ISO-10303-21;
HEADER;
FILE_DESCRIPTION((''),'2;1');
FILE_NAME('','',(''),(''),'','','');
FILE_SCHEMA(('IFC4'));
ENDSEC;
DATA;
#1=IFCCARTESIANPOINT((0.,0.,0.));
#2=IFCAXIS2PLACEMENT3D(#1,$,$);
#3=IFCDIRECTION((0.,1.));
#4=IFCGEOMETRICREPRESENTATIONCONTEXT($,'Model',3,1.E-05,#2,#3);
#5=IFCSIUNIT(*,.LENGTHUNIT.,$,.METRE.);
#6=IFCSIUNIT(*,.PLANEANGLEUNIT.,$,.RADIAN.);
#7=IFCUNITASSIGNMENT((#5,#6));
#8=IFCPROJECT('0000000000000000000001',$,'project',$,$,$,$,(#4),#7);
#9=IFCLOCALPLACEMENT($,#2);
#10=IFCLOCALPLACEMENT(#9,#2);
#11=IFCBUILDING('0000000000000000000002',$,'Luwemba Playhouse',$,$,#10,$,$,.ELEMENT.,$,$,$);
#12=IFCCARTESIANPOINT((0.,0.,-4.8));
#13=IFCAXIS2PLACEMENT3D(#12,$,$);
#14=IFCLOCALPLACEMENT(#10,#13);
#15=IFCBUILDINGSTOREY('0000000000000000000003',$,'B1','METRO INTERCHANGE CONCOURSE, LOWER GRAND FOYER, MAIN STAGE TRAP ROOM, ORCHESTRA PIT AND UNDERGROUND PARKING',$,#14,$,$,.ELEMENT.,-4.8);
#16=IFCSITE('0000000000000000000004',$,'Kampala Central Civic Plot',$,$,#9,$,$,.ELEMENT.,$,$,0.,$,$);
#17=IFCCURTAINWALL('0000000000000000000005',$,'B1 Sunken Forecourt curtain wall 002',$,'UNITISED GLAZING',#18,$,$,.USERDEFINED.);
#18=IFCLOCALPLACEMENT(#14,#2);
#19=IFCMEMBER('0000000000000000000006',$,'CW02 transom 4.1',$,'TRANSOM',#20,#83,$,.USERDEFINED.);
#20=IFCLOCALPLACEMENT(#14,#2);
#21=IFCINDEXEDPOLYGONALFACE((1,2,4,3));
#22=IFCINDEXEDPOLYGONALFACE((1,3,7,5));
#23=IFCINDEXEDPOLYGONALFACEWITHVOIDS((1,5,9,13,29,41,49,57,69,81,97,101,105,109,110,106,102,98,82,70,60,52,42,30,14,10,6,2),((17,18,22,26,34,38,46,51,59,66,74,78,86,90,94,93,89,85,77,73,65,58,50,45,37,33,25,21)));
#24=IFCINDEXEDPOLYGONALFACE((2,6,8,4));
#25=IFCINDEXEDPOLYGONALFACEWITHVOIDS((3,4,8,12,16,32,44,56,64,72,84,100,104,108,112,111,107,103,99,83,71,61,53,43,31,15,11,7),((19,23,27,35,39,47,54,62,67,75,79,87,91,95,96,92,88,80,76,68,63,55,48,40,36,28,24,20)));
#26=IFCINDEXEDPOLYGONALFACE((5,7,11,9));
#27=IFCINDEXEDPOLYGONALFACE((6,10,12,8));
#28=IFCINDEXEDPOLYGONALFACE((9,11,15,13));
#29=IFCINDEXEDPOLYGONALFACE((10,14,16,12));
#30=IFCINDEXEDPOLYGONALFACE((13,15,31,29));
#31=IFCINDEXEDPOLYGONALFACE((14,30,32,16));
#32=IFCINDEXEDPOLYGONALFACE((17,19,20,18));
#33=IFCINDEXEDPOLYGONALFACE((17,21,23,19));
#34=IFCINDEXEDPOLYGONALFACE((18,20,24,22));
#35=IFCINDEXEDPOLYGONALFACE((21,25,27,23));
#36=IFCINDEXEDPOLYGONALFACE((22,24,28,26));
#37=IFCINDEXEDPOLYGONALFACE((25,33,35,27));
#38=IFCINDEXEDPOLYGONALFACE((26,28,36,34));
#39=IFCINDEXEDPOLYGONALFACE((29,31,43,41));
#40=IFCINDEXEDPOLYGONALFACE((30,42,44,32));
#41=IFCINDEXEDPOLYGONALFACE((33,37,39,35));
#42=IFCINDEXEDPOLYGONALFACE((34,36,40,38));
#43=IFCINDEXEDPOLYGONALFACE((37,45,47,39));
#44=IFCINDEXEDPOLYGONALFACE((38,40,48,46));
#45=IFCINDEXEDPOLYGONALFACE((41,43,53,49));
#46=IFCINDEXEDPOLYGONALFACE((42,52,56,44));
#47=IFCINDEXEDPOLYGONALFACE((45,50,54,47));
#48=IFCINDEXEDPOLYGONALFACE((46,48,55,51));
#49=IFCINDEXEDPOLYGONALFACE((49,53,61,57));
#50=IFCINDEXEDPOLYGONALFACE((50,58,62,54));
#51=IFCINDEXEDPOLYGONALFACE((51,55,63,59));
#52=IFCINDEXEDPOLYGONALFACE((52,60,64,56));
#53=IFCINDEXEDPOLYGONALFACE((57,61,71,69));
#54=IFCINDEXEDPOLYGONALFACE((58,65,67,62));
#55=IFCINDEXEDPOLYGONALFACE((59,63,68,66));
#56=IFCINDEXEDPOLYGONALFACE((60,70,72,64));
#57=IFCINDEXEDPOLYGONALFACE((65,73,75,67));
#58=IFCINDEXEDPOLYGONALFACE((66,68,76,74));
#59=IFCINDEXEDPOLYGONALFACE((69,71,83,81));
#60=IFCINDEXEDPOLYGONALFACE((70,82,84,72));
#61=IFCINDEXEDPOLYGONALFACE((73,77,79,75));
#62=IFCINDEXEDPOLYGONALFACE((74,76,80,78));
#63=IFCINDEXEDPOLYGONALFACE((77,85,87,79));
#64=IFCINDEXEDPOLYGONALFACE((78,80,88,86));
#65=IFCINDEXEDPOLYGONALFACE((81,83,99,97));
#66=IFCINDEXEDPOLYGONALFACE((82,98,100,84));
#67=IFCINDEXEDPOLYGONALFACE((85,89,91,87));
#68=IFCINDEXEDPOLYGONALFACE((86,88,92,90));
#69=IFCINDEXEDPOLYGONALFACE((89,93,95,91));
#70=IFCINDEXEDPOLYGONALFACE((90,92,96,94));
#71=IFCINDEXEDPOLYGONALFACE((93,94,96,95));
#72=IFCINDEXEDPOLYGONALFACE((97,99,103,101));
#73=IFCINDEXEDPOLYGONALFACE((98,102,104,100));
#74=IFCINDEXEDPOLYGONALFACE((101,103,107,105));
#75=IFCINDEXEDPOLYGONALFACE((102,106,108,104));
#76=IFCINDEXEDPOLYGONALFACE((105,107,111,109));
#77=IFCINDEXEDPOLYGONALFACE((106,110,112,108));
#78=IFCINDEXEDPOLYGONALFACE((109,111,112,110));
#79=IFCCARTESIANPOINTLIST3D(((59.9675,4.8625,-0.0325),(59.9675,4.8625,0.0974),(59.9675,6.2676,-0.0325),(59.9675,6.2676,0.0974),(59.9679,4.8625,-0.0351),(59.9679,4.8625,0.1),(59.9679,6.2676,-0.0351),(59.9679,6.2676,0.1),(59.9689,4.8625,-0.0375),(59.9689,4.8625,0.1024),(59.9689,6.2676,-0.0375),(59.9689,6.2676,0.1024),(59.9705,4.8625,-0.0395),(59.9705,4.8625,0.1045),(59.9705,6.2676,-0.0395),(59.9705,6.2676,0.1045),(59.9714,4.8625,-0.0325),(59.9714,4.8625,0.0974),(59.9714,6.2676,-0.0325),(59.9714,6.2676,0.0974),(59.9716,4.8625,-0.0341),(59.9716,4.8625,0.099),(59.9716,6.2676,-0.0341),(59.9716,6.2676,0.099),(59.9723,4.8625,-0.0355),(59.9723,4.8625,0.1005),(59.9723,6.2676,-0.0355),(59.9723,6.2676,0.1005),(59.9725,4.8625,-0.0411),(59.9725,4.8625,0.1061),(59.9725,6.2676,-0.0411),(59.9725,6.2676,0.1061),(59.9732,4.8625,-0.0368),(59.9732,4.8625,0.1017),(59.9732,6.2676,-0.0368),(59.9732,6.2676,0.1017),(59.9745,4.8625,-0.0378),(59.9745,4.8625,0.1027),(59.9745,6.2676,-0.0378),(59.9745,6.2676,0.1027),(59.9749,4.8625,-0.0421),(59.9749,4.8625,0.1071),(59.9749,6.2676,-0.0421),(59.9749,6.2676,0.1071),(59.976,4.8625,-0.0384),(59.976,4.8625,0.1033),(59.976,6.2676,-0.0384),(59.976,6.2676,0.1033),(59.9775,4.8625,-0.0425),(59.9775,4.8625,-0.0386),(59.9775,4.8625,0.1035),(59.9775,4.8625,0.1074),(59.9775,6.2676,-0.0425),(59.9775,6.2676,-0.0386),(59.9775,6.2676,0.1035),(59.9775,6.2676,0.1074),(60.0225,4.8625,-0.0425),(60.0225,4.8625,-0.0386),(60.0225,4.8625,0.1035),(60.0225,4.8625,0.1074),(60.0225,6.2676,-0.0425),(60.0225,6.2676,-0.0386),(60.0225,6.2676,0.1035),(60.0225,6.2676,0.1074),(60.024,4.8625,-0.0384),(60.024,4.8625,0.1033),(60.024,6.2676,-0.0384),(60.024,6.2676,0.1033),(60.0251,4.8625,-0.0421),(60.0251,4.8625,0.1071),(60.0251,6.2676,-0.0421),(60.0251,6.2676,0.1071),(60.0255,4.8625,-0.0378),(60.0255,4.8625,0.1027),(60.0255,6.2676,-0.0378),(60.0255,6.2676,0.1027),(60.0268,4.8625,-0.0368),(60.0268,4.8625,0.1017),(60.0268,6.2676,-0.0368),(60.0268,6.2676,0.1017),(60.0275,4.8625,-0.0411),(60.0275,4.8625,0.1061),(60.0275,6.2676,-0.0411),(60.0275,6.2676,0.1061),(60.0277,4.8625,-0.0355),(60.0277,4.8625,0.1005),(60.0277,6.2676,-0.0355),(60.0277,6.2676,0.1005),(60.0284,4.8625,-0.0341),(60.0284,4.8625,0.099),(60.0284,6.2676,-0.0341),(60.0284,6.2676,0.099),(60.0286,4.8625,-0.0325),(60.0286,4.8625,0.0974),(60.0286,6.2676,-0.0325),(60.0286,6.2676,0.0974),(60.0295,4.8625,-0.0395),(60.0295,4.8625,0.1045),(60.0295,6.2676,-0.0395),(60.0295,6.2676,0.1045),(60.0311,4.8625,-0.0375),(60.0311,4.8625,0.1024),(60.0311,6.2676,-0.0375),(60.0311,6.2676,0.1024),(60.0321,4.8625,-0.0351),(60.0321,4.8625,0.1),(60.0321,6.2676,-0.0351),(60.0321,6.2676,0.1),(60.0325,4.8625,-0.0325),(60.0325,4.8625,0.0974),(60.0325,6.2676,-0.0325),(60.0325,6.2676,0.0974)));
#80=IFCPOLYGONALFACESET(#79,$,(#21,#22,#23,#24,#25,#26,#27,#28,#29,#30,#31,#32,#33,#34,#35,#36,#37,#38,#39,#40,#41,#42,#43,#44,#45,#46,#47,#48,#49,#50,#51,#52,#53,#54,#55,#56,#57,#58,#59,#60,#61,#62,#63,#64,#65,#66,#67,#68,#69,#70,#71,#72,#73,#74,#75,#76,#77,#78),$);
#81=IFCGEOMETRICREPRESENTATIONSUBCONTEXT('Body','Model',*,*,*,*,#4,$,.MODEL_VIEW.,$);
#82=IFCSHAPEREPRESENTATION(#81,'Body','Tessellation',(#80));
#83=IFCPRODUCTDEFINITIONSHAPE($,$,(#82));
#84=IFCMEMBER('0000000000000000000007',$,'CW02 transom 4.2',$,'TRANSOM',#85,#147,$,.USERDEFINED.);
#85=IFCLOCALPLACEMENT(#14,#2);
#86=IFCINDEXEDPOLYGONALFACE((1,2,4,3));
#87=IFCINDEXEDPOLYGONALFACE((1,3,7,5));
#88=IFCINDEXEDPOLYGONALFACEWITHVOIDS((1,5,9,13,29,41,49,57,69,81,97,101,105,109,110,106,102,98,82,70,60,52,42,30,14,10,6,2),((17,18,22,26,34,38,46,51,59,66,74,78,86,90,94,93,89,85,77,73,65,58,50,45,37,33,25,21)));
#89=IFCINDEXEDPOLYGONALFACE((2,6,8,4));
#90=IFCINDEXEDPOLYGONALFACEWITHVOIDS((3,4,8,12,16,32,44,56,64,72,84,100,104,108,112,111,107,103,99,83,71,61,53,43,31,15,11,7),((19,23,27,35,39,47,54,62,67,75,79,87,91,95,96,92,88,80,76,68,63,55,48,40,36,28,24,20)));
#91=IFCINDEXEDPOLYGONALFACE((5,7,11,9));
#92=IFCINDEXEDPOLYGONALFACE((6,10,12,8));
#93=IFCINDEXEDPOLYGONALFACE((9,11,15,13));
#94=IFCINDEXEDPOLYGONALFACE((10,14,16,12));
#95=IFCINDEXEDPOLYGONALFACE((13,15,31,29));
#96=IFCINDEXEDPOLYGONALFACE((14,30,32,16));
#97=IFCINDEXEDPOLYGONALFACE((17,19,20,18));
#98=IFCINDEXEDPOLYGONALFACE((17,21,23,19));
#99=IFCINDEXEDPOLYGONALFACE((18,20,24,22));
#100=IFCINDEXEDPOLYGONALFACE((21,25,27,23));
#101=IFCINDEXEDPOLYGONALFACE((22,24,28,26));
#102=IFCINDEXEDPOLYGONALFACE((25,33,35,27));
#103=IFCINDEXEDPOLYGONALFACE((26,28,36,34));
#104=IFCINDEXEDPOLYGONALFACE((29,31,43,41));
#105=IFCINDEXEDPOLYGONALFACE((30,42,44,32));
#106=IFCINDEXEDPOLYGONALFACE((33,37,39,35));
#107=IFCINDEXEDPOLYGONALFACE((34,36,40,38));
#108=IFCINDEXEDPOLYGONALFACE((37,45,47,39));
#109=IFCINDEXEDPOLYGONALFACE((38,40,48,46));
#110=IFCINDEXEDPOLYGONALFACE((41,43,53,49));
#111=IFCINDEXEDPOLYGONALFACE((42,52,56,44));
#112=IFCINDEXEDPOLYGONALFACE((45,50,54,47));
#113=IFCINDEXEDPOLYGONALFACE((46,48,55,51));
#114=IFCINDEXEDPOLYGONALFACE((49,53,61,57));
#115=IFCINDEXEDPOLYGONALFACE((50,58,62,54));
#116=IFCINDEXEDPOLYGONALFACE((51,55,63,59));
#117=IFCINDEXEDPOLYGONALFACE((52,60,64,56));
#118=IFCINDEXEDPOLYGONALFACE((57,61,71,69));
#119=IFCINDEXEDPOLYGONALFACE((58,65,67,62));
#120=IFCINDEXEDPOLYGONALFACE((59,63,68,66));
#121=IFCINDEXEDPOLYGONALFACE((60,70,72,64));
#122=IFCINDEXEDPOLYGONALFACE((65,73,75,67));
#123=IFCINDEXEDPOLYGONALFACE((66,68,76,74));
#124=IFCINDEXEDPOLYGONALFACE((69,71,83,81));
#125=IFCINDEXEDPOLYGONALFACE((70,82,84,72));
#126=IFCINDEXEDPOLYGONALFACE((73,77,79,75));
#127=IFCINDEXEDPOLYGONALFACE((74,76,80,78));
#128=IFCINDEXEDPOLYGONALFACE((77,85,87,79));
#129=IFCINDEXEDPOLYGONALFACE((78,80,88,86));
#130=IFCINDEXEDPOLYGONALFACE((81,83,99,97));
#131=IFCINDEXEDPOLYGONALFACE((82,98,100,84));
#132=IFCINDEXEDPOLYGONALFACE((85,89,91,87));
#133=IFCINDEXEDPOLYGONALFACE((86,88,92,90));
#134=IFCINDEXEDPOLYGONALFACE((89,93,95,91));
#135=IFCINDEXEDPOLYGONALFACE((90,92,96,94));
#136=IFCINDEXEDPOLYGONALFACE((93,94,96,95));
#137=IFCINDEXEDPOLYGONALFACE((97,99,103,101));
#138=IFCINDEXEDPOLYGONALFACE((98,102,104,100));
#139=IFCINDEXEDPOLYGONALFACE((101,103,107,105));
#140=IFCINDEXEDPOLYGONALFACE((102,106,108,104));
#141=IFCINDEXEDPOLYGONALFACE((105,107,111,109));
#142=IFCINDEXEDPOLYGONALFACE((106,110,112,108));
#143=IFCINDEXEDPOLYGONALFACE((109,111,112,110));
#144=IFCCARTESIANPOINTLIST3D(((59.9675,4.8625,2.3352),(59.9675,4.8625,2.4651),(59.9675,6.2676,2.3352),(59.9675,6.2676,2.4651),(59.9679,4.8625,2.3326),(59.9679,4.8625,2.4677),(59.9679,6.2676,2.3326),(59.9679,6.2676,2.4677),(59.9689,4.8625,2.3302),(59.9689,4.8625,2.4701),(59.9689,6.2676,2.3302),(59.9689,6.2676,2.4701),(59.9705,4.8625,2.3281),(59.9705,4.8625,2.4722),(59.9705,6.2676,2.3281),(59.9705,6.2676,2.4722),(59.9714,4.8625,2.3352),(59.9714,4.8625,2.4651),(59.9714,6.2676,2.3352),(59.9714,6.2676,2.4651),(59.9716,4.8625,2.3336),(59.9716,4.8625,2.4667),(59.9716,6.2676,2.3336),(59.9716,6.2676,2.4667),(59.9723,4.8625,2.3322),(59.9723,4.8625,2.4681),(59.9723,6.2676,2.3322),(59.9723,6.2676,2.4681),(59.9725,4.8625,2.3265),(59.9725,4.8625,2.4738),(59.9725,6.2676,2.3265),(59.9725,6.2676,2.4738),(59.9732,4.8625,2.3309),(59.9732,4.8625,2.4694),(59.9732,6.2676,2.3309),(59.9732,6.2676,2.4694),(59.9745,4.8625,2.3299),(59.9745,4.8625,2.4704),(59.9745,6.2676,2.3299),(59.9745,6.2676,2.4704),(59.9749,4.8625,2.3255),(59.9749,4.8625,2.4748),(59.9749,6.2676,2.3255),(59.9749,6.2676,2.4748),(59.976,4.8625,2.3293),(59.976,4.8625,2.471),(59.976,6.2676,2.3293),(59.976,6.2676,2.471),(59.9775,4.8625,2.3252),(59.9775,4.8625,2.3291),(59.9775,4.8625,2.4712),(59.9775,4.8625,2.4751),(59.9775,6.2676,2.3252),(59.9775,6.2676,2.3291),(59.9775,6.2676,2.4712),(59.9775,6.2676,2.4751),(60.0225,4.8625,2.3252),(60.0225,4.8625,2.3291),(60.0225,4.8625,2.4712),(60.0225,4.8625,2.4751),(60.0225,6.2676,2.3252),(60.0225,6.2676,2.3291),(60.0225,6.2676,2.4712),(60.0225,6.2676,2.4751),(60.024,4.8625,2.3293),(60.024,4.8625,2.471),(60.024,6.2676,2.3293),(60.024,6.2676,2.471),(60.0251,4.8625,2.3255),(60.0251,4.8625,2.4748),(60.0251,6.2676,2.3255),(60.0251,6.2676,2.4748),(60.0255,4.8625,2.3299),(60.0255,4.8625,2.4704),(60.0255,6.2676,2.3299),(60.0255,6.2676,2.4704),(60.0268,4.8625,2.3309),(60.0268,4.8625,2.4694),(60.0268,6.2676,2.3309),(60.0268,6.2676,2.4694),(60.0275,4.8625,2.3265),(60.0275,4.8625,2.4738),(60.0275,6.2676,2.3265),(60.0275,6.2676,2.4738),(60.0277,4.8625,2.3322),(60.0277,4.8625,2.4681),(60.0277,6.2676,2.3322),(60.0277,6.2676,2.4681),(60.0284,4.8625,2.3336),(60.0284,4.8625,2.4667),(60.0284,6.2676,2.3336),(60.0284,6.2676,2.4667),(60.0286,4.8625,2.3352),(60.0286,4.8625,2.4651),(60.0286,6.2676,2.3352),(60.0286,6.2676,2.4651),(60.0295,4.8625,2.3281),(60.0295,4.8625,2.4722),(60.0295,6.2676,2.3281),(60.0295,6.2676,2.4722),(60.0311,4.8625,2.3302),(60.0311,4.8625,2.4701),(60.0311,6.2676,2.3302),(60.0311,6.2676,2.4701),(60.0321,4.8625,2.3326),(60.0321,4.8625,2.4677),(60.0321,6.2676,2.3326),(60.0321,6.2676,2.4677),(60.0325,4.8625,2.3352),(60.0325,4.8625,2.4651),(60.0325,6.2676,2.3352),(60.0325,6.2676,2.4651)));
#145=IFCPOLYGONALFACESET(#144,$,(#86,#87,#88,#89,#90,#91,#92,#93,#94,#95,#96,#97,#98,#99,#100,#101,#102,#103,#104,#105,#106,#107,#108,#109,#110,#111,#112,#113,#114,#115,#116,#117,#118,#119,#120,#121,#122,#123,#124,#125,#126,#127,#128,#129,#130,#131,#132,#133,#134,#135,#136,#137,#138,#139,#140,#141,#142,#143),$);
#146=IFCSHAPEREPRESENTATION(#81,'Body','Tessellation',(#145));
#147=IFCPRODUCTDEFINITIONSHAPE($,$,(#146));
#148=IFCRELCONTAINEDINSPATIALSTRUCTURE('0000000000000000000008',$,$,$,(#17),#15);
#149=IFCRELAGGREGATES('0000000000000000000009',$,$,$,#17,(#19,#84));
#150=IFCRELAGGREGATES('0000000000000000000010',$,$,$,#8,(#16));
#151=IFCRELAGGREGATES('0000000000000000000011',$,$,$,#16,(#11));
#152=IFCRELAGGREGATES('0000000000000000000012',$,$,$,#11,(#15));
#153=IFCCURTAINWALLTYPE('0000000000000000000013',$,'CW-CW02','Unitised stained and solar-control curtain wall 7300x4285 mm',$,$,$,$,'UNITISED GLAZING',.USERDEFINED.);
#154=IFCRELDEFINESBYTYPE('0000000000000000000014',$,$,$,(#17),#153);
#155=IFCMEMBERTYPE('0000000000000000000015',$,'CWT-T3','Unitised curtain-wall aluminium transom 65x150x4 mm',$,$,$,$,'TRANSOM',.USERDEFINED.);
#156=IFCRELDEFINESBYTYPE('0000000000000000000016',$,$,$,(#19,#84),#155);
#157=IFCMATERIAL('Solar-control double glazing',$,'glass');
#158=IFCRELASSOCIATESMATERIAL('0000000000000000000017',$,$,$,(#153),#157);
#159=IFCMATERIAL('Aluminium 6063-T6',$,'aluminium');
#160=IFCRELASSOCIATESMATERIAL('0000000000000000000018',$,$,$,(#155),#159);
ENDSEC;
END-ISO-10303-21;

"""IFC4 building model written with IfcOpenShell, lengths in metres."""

from ifc_helpers import new_model, si_unit, direction, frame, origin, origin_2d, place, context, subcontext, project, spatial, hollow_rectangle, extrude, material, material_profile, profile_set, type_object, element, aggregate, save


model = new_model("IFC4")

# Units and contexts
model_context = context("Model", 3, precision=1e-05, world=origin(), true_north=direction((0.0, 1.0)))
body_context = subcontext(model_context, "Body", "Model", "MODEL_VIEW")
ifc_project = project(units=[si_unit("LENGTHUNIT", "METRE"), si_unit("PLANEANGLEUNIT", "RADIAN")], contexts=[model_context])

# Site, building, storey
site_placement = place(None, origin())
site = spatial("IfcSite", under=ifc_project, at=site_placement, Name="Kampala Central Civic Plot", CompositionType="ELEMENT", RefElevation=0.0)
building_placement = place(site_placement, origin())
building = spatial("IfcBuilding", under=site, at=building_placement, Name="Luwemba Playhouse", CompositionType="ELEMENT")
storey_placement = place(building_placement, frame((0.0, 0.0, -4.8)))
storey = spatial("IfcBuildingStorey", under=building, at=storey_placement, Name="B1", Description="METRO INTERCHANGE CONCOURSE, LOWER GRAND FOYER, MAIN STAGE TRAP ROOM, ORCHESTRA PIT AND UNDERGROUND PARKING", CompositionType="ELEMENT", Elevation=-4.8)

# Curtain wall, members
ifc_material_1 = material(Name="Solar-control double glazing", Category="glass")
curtain_wall_type = type_object("IfcCurtainWallType", Name="CW-CW02", Description="Unitised stained and solar-control curtain wall 7300x4285 mm", ElementType="UNITISED GLAZING", PredefinedType="USERDEFINED", material=ifc_material_1)
curtain_wall_placement = place(storey_placement, origin())
curtain_wall = element("IfcCurtainWall", 1, at=curtain_wall_placement, inside=storey, type_object=curtain_wall_type, Name="B1 Sunken Forecourt curtain wall 002", ObjectType="UNITISED GLAZING", PredefinedType="USERDEFINED")
ifc_material_2 = material(Name="Aluminium 6063-T6", Category="aluminium")
ifc_material_profile_1 = material_profile(ifc_material_2, hollow_rectangle(XDim=0.0649, YDim=0.1499, WallThickness=0.0039, InnerFilletRadius=0.0061, OuterFilletRadius=0.01, at=origin_2d()))
ifc_profile_set_1 = profile_set([ifc_material_profile_1], Name="Aluminium 6063-T6")
member_type_1 = type_object("IfcMemberType", Name="CWT-T3", Description="Unitised curtain-wall aluminium transom 65x150x4 mm", ElementType="TRANSOM", PredefinedType="USERDEFINED", material=ifc_profile_set_1)
member_1_placement = place(storey_placement, frame((60.0, 6.2676, 0.0325), z_axis=(0.0, -1.0, 0.0), x_axis=(1.0, 0.0, 0.0)))
member_1 = element("IfcMember", 2, at=member_1_placement, type_object=member_type_1, Name="CW02 transom 4.1", ObjectType="TRANSOM", PredefinedType="USERDEFINED", context=body_context, shape_type="SweptSolid", body=[
    extrude(hollow_rectangle(XDim=0.0649, YDim=0.1499, WallThickness=0.0039, InnerFilletRadius=0.0061, OuterFilletRadius=0.01, at=origin_2d()), origin(), (0.0, 0.0, 1.0), 1.405),
])
member_2_placement = place(storey_placement, frame((60.0, 6.2676, 2.4001), z_axis=(0.0, -1.0, 0.0), x_axis=(1.0, 0.0, 0.0)))
member_2 = element("IfcMember", 3, at=member_2_placement, type_object=member_type_1, Name="CW02 transom 4.2", ObjectType="TRANSOM", PredefinedType="USERDEFINED", context=body_context, shape_type="SweptSolid", body=[
    extrude(hollow_rectangle(XDim=0.0649, YDim=0.1499, WallThickness=0.0039, InnerFilletRadius=0.0061, OuterFilletRadius=0.01, at=origin_2d()), origin(), (0.0, 0.0, 1.0), 1.405),
])
aggregate(curtain_wall, [member_1, member_2])

save(model, "model.ifc")
